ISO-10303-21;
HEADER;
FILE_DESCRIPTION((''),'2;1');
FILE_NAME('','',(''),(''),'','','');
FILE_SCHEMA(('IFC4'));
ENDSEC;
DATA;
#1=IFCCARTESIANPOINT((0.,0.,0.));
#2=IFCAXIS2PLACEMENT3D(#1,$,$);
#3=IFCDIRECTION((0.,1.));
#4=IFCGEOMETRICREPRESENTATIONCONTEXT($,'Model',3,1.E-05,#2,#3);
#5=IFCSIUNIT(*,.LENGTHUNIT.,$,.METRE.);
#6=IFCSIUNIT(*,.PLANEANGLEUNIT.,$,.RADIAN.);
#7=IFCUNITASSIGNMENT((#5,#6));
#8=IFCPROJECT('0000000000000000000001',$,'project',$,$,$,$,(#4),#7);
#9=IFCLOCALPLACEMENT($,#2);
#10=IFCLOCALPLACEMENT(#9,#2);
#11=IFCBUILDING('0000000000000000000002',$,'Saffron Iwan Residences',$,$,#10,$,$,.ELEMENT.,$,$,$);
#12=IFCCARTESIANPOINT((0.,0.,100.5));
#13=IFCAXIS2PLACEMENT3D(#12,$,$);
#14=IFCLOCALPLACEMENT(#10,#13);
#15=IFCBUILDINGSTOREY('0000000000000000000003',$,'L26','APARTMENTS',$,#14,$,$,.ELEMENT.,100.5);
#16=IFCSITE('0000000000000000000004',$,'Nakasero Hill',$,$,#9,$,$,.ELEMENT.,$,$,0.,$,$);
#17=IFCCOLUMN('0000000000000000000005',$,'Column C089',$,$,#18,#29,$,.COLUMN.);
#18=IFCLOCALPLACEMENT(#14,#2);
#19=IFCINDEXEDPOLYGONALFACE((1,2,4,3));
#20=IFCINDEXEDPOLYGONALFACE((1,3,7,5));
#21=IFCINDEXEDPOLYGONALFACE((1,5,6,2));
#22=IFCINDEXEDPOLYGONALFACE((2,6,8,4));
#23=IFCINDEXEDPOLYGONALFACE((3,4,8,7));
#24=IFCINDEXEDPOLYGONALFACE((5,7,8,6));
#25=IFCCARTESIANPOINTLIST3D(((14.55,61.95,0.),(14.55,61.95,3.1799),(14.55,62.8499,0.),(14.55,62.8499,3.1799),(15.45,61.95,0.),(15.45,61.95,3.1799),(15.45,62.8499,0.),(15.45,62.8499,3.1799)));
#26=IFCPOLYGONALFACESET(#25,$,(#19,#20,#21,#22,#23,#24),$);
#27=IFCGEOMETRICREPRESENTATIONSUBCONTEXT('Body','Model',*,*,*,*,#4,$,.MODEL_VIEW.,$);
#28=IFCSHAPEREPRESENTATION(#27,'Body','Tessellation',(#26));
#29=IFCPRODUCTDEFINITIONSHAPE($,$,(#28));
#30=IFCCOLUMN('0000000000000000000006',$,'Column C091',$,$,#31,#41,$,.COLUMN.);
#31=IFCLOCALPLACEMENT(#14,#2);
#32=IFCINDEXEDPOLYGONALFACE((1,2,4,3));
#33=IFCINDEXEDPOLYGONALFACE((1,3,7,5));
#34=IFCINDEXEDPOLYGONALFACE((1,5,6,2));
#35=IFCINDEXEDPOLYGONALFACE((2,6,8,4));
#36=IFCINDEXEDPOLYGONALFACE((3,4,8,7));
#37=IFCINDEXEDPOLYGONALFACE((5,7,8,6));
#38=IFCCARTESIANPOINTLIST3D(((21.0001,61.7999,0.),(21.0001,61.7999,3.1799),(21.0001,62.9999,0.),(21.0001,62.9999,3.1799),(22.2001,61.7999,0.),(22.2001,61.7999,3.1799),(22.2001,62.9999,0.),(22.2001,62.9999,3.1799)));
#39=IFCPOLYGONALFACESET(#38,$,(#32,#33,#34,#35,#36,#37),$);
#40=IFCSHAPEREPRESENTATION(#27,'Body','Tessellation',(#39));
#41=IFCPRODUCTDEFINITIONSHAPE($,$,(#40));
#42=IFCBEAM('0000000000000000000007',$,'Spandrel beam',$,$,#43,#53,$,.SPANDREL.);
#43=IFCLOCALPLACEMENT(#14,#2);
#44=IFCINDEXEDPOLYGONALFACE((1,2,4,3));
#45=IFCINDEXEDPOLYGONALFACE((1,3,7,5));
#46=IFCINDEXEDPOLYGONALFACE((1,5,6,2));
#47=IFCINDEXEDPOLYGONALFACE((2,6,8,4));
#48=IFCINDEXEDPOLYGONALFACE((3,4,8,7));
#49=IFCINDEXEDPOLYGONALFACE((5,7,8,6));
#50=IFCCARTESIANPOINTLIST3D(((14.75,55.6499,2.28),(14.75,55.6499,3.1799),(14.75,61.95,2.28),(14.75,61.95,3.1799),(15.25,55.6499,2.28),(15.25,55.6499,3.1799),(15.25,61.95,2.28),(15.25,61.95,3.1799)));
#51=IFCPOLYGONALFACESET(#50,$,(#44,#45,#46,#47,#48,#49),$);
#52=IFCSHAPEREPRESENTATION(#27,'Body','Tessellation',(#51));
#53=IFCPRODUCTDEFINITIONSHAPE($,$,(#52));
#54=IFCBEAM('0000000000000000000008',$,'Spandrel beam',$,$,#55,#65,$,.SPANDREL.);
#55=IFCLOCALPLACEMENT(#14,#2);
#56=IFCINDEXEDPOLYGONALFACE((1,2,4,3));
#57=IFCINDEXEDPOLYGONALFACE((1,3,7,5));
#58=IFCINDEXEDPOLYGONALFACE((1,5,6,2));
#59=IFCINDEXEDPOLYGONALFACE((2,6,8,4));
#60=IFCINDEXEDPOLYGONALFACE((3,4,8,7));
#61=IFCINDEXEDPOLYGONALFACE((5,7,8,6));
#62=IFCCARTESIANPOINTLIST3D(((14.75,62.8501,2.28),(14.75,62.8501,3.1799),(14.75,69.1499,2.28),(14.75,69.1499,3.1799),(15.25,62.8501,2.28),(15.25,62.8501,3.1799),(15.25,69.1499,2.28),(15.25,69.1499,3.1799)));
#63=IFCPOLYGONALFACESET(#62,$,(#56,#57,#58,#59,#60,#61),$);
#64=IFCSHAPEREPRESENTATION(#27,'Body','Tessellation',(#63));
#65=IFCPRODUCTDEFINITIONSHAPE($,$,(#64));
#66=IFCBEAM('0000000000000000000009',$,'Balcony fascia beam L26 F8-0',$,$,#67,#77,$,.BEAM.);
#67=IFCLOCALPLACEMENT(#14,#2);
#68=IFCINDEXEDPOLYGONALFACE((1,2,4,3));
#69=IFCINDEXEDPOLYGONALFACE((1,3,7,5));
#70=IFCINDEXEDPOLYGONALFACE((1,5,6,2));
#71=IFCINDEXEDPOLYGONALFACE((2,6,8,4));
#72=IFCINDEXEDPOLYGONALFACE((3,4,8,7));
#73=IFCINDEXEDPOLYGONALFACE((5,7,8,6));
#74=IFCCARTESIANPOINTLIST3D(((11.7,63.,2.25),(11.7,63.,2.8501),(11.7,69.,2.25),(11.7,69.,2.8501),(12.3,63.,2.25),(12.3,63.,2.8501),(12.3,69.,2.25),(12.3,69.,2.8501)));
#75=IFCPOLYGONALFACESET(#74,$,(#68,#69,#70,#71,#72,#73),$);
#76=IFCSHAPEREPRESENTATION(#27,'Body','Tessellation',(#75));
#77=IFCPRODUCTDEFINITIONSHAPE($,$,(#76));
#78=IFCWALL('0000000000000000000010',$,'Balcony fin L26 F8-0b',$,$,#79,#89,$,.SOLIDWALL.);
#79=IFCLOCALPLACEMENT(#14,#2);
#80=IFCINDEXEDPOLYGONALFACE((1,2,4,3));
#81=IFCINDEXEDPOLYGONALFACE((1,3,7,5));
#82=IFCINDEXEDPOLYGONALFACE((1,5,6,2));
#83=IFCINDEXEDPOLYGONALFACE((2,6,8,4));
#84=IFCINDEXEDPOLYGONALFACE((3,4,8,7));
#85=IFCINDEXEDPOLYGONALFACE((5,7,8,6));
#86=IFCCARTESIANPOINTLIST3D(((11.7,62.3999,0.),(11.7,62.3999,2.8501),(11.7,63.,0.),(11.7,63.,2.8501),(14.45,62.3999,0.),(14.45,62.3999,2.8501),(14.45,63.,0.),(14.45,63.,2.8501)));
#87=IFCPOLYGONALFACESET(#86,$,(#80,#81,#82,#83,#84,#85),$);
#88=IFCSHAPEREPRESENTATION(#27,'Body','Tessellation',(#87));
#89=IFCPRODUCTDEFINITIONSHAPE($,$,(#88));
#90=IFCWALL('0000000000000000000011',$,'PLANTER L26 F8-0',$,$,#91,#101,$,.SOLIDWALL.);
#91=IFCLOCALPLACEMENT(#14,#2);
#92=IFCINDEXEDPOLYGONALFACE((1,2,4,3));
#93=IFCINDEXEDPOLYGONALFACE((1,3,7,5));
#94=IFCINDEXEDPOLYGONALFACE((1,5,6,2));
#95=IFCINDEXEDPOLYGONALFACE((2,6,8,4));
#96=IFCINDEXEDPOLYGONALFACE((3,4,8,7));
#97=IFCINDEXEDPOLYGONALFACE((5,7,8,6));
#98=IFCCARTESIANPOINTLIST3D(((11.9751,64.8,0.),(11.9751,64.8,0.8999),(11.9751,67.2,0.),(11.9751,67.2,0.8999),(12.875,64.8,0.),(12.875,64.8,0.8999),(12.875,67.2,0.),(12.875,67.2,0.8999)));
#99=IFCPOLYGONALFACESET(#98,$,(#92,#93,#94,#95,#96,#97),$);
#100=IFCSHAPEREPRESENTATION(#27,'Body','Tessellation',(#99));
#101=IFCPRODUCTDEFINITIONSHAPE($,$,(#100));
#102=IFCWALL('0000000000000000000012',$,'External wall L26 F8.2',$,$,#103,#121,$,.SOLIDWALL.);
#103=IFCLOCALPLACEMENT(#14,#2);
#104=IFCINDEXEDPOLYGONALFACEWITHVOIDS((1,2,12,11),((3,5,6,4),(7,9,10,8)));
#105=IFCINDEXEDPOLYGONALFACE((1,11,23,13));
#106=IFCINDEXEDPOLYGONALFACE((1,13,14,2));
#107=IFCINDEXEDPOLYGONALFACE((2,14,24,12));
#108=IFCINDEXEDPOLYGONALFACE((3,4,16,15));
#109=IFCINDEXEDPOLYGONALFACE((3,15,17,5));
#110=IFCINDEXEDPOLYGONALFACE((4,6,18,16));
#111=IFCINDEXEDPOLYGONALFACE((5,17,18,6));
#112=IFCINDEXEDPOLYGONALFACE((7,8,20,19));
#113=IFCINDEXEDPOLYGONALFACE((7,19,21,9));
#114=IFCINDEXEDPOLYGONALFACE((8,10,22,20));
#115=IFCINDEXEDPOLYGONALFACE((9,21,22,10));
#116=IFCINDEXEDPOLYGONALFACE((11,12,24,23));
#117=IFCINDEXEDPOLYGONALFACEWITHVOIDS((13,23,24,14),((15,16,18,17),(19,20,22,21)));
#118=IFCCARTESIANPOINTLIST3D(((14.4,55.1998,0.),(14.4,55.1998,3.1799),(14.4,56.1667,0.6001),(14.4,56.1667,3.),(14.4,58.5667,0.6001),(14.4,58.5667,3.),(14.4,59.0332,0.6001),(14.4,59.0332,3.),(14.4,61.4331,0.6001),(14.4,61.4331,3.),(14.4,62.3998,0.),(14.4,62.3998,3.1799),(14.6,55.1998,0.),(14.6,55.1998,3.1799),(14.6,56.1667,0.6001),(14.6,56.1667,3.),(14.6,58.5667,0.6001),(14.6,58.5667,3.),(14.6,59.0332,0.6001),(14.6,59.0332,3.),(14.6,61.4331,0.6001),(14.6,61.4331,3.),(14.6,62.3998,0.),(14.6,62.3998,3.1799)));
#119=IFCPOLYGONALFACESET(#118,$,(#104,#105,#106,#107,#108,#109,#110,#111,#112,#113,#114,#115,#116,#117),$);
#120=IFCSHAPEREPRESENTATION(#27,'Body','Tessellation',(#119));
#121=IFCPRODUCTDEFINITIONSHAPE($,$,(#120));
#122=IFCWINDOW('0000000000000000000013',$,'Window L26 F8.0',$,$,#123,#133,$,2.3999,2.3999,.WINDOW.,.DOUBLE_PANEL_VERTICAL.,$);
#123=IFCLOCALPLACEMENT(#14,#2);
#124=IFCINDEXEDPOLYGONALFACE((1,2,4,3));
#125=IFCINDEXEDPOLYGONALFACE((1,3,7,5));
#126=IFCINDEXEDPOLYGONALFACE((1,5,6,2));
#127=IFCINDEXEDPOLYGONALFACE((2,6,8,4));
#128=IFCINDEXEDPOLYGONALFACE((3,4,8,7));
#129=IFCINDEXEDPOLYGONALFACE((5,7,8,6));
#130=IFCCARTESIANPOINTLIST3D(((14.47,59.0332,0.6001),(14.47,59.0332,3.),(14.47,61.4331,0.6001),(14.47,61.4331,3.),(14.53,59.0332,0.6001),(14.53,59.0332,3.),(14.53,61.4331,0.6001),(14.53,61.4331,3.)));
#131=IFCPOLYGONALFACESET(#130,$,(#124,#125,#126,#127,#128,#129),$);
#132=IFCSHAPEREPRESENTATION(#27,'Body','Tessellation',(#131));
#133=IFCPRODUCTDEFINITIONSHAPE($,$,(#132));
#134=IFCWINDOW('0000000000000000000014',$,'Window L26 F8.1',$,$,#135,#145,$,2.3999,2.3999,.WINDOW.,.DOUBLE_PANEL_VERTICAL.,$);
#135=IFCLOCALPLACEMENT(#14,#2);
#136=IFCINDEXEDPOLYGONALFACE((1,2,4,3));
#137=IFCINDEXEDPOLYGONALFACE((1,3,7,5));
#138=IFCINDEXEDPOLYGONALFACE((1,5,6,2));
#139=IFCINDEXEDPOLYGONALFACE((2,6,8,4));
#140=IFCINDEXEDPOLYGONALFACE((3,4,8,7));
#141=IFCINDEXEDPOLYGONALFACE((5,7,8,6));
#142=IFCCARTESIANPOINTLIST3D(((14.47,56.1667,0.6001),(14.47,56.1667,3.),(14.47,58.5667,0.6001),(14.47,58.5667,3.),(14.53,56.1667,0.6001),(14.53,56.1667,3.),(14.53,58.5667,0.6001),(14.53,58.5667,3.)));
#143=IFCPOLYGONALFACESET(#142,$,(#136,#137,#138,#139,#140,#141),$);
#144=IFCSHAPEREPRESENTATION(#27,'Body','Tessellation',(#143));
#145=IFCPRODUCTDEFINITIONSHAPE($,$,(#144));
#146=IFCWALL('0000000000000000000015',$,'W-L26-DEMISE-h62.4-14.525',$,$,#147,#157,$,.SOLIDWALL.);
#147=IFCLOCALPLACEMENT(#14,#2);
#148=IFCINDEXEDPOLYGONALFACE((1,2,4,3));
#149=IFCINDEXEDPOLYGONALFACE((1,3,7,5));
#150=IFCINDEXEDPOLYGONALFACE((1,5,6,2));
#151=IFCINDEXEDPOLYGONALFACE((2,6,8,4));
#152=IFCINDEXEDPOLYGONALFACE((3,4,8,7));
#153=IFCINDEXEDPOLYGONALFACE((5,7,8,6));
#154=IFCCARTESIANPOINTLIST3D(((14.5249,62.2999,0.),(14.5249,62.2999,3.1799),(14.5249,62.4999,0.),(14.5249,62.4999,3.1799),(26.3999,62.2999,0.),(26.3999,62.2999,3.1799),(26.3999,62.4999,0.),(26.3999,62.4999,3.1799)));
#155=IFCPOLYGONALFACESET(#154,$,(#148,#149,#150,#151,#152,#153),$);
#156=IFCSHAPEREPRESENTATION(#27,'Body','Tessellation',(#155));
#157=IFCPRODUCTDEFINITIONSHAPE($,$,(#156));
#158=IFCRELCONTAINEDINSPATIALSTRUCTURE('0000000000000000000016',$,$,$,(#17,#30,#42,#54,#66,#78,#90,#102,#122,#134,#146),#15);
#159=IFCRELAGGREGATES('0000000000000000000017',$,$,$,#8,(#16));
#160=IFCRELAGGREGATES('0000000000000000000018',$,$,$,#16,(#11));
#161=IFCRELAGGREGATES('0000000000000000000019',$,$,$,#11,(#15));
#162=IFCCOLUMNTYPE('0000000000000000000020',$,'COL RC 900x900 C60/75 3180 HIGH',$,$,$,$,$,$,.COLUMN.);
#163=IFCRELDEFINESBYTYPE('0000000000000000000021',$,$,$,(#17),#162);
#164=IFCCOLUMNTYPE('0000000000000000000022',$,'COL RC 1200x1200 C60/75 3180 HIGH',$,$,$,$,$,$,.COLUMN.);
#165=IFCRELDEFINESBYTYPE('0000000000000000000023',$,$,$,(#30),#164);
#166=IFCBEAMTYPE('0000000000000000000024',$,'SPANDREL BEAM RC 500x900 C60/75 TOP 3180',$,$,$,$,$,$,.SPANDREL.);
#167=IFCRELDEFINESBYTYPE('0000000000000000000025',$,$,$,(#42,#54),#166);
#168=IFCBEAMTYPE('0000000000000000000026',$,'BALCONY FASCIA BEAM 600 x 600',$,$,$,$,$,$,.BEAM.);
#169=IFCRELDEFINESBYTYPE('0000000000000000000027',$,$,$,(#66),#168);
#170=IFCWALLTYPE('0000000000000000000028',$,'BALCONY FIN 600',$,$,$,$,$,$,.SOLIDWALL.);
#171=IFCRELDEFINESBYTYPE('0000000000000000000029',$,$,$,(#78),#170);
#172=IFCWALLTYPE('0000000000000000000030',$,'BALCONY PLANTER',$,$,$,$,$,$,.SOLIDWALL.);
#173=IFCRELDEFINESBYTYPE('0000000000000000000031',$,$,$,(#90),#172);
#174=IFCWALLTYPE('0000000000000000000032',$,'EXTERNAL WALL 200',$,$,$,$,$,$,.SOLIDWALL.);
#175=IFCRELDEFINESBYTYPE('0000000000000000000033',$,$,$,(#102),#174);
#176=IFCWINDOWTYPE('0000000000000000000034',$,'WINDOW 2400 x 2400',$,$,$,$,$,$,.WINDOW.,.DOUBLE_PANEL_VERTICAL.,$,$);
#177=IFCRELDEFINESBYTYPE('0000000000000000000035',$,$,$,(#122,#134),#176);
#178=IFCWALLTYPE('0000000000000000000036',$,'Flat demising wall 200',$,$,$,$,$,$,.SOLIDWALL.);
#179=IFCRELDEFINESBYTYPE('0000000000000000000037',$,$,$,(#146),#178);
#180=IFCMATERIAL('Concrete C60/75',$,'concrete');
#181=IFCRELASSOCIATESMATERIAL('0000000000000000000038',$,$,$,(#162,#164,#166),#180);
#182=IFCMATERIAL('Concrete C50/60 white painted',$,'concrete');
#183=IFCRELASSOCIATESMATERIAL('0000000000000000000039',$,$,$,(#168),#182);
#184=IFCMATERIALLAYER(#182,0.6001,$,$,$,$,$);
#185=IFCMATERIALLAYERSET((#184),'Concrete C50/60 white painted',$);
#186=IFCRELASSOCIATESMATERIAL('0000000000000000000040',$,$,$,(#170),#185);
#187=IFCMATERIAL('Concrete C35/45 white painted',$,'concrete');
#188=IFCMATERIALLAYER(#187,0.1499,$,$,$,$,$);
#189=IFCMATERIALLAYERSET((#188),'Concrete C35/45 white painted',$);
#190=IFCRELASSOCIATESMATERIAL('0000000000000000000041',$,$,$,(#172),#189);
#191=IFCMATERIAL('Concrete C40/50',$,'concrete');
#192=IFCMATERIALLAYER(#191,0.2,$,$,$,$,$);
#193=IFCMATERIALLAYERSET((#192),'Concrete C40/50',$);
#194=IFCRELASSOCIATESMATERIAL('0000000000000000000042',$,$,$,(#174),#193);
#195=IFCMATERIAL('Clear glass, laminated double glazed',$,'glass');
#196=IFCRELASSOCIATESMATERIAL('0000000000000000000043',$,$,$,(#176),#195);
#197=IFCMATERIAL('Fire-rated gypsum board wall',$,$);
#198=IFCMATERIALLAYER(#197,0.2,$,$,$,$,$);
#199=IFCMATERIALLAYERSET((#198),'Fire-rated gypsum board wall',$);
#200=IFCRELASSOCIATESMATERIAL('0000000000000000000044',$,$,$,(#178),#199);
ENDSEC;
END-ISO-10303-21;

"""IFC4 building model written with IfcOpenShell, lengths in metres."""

from ifc_helpers import new_model, si_unit, direction, frame, frame_2d, origin, origin_2d, place, context, subcontext, project, spatial, rectangle, extrude, source, transform, mapped, material, layer, layer_set, material_profile, profile_set, type_object, element, fill, save


model = new_model("IFC4")

# Units and contexts
model_context = context("Model", 3, precision=1e-05, world=origin(), true_north=direction((0.0, 1.0)))
body_context = subcontext(model_context, "Body", "Model", "MODEL_VIEW")
ifc_project = project(units=[si_unit("LENGTHUNIT", "METRE"), si_unit("PLANEANGLEUNIT", "RADIAN")], contexts=[model_context])

# Site, building, storey
site_placement = place(None, origin())
site = spatial("IfcSite", under=ifc_project, at=site_placement, Name="Nakasero Hill", CompositionType="ELEMENT", RefElevation=0.0)
building_placement = place(site_placement, origin())
building = spatial("IfcBuilding", under=site, at=building_placement, Name="Saffron Iwan Residences", CompositionType="ELEMENT")
storey_placement = place(building_placement, frame((0.0, 0.0, 100.5)))
storey = spatial("IfcBuildingStorey", under=building, at=storey_placement, Name="L26", Description="APARTMENTS", CompositionType="ELEMENT", Elevation=100.5)

# Columns
ifc_material_1 = material(Name="Concrete C60/75", Category="concrete")
ifc_material_profile_1 = material_profile(ifc_material_1, rectangle(XDim=0.8999, YDim=0.8999, at=origin_2d()), Name="RC 900x900")
ifc_profile_set_1 = profile_set([ifc_material_profile_1], Name="Concrete C60/75")
column_type_1 = type_object("IfcColumnType", Name="COL RC 900x900 C60/75 3180 HIGH", PredefinedType="COLUMN", material=ifc_profile_set_1)
shared_shape_1 = source(origin(), body_context, "Body", "SweptSolid", [
    extrude(rectangle(XDim=0.8999, YDim=0.8999, at=origin_2d()), origin(), (0.0, 0.0, 1.0), 3.1799),
])
column_1_placement = place(storey_placement, frame((15.0, 62.3999, 0.0), z_axis=(0.0, 0.0, 1.0), x_axis=(1.0, 0.0, 0.0)))
element("IfcColumn", 1, at=column_1_placement, inside=storey, type_object=column_type_1, Name="Column C089", PredefinedType="COLUMN", context=body_context, shape_type="MappedRepresentation", body=[
    mapped(shared_shape_1, transform((0.0, 0.0, 0.0))),
])
ifc_material_profile_2 = material_profile(ifc_material_1, rectangle(XDim=1.2, YDim=1.2, at=origin_2d()), Name="RC 1200x1200")
ifc_profile_set_2 = profile_set([ifc_material_profile_2], Name="Concrete C60/75")
column_type_2 = type_object("IfcColumnType", Name="COL RC 1200x1200 C60/75 3180 HIGH", PredefinedType="COLUMN", material=ifc_profile_set_2)
shared_shape_2 = source(origin(), body_context, "Body", "SweptSolid", [
    extrude(rectangle(XDim=1.2, YDim=1.2, at=origin_2d()), origin(), (0.0, 0.0, 1.0), 3.1799),
])
column_2_placement = place(storey_placement, frame((21.6001, 62.3999, 0.0), z_axis=(0.0, 0.0, 1.0), x_axis=(1.0, 0.0, 0.0)))
element("IfcColumn", 2, at=column_2_placement, inside=storey, type_object=column_type_2, Name="Column C091", PredefinedType="COLUMN", context=body_context, shape_type="MappedRepresentation", body=[
    mapped(shared_shape_2, transform((0.0, 0.0, 0.0))),
])

# Beams
ifc_material_profile_3 = material_profile(ifc_material_1, rectangle(XDim=0.5, YDim=0.8999, at=origin_2d()), Name="RC 500x900")
ifc_profile_set_3 = profile_set([ifc_material_profile_3], Name="Concrete C60/75")
beam_type_1 = type_object("IfcBeamType", Name="SPANDREL BEAM RC 500x900 C60/75 TOP 3180", PredefinedType="SPANDREL", material=ifc_profile_set_3)
shared_shape_3 = source(origin(), body_context, "Body", "SweptSolid", [
    extrude(rectangle(XDim=0.5, YDim=0.8999, at=origin_2d()), origin(), (0.0, 0.0, 1.0), 6.3),
])
beam_1_placement = place(storey_placement, frame((15.0, 55.6499, 2.73), z_axis=(0.0, 1.0, 0.0), x_axis=(-1.0, 0.0, 0.0)))
element("IfcBeam", 3, at=beam_1_placement, inside=storey, type_object=beam_type_1, Name="Spandrel beam", PredefinedType="SPANDREL", context=body_context, shape_type="MappedRepresentation", body=[
    mapped(shared_shape_3, transform((0.0, 0.0, 0.0))),
])
shared_shape_4 = source(origin(), body_context, "Body", "SweptSolid", [
    extrude(rectangle(XDim=0.5, YDim=0.8999, at=origin_2d()), origin(), (0.0, 0.0, 1.0), 6.2998),
])
beam_2_placement = place(storey_placement, frame((15.0, 62.8501, 2.73), z_axis=(0.0, 1.0, 0.0), x_axis=(-1.0, 0.0, 0.0)))
element("IfcBeam", 4, at=beam_2_placement, inside=storey, type_object=beam_type_1, Name="Spandrel beam", PredefinedType="SPANDREL", context=body_context, shape_type="MappedRepresentation", body=[
    mapped(shared_shape_4, transform((0.0, 0.0, 0.0))),
])
ifc_material_2 = material(Name="Concrete C50/60 white painted", Category="concrete")
ifc_material_profile_4 = material_profile(ifc_material_2, rectangle(XDim=0.6001, YDim=0.6001, at=origin_2d()), Name="BALCONY FASCIA BEAM 600 x 600")
ifc_profile_set_4 = profile_set([ifc_material_profile_4], Name="Concrete C50/60 white painted")
beam_type_2 = type_object("IfcBeamType", Name="BALCONY FASCIA BEAM 600 x 600", PredefinedType="BEAM", material=ifc_profile_set_4)
shared_shape_5 = source(origin(), body_context, "Body", "SweptSolid", [
    extrude(rectangle(XDim=0.6001, YDim=0.6001, at=origin_2d()), origin(), (0.0, 0.0, 1.0), 6.0),
])
beam_3_placement = place(storey_placement, frame((12.0, 69.0, 2.55), z_axis=(0.0, -1.0, 0.0), x_axis=(1.0, 0.0, 0.0)))
element("IfcBeam", 5, at=beam_3_placement, inside=storey, type_object=beam_type_2, Name="Balcony fascia beam L26 F8-0", PredefinedType="BEAM", context=body_context, shape_type="MappedRepresentation", body=[
    mapped(shared_shape_5, transform((0.0, 0.0, 0.0))),
])

# Walls
ifc_layer_1 = layer(ifc_material_2, 0.6001)
ifc_layer_set_1 = layer_set([ifc_layer_1], Name="Concrete C50/60 white painted")
wall_type_1 = type_object("IfcWallType", Name="BALCONY FIN 600", PredefinedType="SOLIDWALL", material=ifc_layer_set_1)
wall_1_placement = place(storey_placement, frame((14.45, 62.7, 0.0), z_axis=(0.0, 0.0, 1.0), x_axis=(-1.0, 0.0, 0.0)))
element("IfcWall", 6, at=wall_1_placement, inside=storey, type_object=wall_type_1, Name="Balcony fin L26 F8-0b", PredefinedType="SOLIDWALL", context=body_context, shape_type="SweptSolid", body=[
    extrude(rectangle(XDim=2.75, YDim=0.6001, at=frame_2d((1.375, 0.0))), origin(), (0.0, 0.0, 1.0), 2.8501),
])
ifc_material_3 = material(Name="Concrete C35/45 white painted", Category="concrete")
ifc_layer_2 = layer(ifc_material_3, 0.1499)
ifc_layer_set_2 = layer_set([ifc_layer_2], Name="Concrete C35/45 white painted")
wall_type_2 = type_object("IfcWallType", Name="BALCONY PLANTER", PredefinedType="SOLIDWALL", material=ifc_layer_set_2)
wall_2_placement = place(storey_placement, frame((12.425, 67.2, 0.0), z_axis=(0.0, 0.0, 1.0), x_axis=(0.0, -1.0, 0.0)))
element("IfcWall", 7, at=wall_2_placement, inside=storey, type_object=wall_type_2, Name="PLANTER L26 F8-0", PredefinedType="SOLIDWALL", context=body_context, shape_type="SweptSolid", body=[
    extrude(rectangle(XDim=2.3999, YDim=0.8999, at=frame_2d((1.2, 0.0))), origin(), (0.0, 0.0, 1.0), 0.8999),
])

# Wall, openings, windows
ifc_material_4 = material(Name="Concrete C40/50", Category="concrete")
ifc_layer_3 = layer(ifc_material_4, 0.2)
ifc_layer_set_3 = layer_set([ifc_layer_3], Name="Concrete C40/50")
wall_type_3 = type_object("IfcWallType", Name="EXTERNAL WALL 200", PredefinedType="SOLIDWALL", material=ifc_layer_set_3)
wall_3_placement = place(storey_placement, frame((14.5, 62.3999, 0.0), z_axis=(0.0, 0.0, 1.0), x_axis=(0.0, -1.0, 0.0)))
wall_3 = element("IfcWall", 8, at=wall_3_placement, inside=storey, type_object=wall_type_3, Name="External wall L26 F8.2", PredefinedType="SOLIDWALL", context=body_context, shape_type="SweptSolid", body=[
    extrude(rectangle(XDim=7.2, YDim=0.2, at=frame_2d((3.6001, 0.0))), origin(), (0.0, 0.0, 1.0), 3.1799),
])
opening_1_placement = place(wall_3_placement, frame((0.9668, 0.0, 0.6001)))
opening_1 = element("IfcOpeningElement", 9, at=opening_1_placement, cuts=wall_3, PredefinedType="OPENING", context=body_context, shape_type="SweptSolid", body=[
    extrude(rectangle(XDim=2.3999, YDim=2.3999, at=frame_2d((1.2, 1.2))), frame((0.0, 0.1099, 0.0), z_axis=(0.0, -1.0, 0.0), x_axis=(1.0, 0.0, 0.0)), (0.0, 0.0, 1.0), 0.22),
])
opening_2_placement = place(wall_3_placement, frame((3.8333, 0.0, 0.6001)))
opening_2 = element("IfcOpeningElement", 10, at=opening_2_placement, cuts=wall_3, PredefinedType="OPENING", context=body_context, shape_type="SweptSolid", body=[
    extrude(rectangle(XDim=2.3999, YDim=2.3999, at=frame_2d((1.2, 1.2))), frame((0.0, 0.1099, 0.0), z_axis=(0.0, -1.0, 0.0), x_axis=(1.0, 0.0, 0.0)), (0.0, 0.0, 1.0), 0.22),
])
ifc_material_5 = material(Name="Clear glass, laminated double glazed", Category="glass")
window_type = type_object("IfcWindowType", Name="WINDOW 2400 x 2400", PartitioningType="DOUBLE_PANEL_VERTICAL", PredefinedType="WINDOW", material=ifc_material_5)
window_1_placement = place(opening_1_placement, origin())
window_1 = element("IfcWindow", 11, at=window_1_placement, inside=storey, type_object=window_type, Name="Window L26 F8.0", OverallHeight=2.3999, OverallWidth=2.3999, PartitioningType="DOUBLE_PANEL_VERTICAL", PredefinedType="WINDOW", context=body_context, shape_type="SweptSolid", body=[
    extrude(rectangle(XDim=2.3999, YDim=2.3999, at=frame_2d((1.2, 1.2))), frame((0.0, 0.03, 0.0), z_axis=(0.0, -1.0, 0.0), x_axis=(1.0, 0.0, 0.0)), (0.0, 0.0, 1.0), 0.0601),
])
fill(opening_1, window_1)
window_2_placement = place(opening_2_placement, origin())
window_2 = element("IfcWindow", 12, at=window_2_placement, inside=storey, type_object=window_type, Name="Window L26 F8.1", OverallHeight=2.3999, OverallWidth=2.3999, PartitioningType="DOUBLE_PANEL_VERTICAL", PredefinedType="WINDOW", context=body_context, shape_type="SweptSolid", body=[
    extrude(rectangle(XDim=2.3999, YDim=2.3999, at=frame_2d((1.2, 1.2))), frame((0.0, 0.03, 0.0), z_axis=(0.0, -1.0, 0.0), x_axis=(1.0, 0.0, 0.0)), (0.0, 0.0, 1.0), 0.0601),
])
fill(opening_2, window_2)

# Wall
ifc_material_6 = material(Name="Fire-rated gypsum board wall")
ifc_layer_4 = layer(ifc_material_6, 0.2)
ifc_layer_set_4 = layer_set([ifc_layer_4], Name="Fire-rated gypsum board wall")
wall_type_4 = type_object("IfcWallType", Name="Flat demising wall 200", PredefinedType="SOLIDWALL", material=ifc_layer_set_4)
wall_4_placement = place(storey_placement, frame((14.5249, 62.3999, 0.0), z_axis=(0.0, 0.0, 1.0), x_axis=(1.0, 0.0, 0.0)))
element("IfcWall", 13, at=wall_4_placement, inside=storey, type_object=wall_type_4, Name="W-L26-DEMISE-h62.4-14.525", PredefinedType="SOLIDWALL", context=body_context, shape_type="SweptSolid", body=[
    extrude(rectangle(XDim=11.875, YDim=0.2, at=frame_2d((5.9375, 0.0))), origin(), (0.0, 0.0, 1.0), 3.1799),
])

save(model, "model.ifc")
